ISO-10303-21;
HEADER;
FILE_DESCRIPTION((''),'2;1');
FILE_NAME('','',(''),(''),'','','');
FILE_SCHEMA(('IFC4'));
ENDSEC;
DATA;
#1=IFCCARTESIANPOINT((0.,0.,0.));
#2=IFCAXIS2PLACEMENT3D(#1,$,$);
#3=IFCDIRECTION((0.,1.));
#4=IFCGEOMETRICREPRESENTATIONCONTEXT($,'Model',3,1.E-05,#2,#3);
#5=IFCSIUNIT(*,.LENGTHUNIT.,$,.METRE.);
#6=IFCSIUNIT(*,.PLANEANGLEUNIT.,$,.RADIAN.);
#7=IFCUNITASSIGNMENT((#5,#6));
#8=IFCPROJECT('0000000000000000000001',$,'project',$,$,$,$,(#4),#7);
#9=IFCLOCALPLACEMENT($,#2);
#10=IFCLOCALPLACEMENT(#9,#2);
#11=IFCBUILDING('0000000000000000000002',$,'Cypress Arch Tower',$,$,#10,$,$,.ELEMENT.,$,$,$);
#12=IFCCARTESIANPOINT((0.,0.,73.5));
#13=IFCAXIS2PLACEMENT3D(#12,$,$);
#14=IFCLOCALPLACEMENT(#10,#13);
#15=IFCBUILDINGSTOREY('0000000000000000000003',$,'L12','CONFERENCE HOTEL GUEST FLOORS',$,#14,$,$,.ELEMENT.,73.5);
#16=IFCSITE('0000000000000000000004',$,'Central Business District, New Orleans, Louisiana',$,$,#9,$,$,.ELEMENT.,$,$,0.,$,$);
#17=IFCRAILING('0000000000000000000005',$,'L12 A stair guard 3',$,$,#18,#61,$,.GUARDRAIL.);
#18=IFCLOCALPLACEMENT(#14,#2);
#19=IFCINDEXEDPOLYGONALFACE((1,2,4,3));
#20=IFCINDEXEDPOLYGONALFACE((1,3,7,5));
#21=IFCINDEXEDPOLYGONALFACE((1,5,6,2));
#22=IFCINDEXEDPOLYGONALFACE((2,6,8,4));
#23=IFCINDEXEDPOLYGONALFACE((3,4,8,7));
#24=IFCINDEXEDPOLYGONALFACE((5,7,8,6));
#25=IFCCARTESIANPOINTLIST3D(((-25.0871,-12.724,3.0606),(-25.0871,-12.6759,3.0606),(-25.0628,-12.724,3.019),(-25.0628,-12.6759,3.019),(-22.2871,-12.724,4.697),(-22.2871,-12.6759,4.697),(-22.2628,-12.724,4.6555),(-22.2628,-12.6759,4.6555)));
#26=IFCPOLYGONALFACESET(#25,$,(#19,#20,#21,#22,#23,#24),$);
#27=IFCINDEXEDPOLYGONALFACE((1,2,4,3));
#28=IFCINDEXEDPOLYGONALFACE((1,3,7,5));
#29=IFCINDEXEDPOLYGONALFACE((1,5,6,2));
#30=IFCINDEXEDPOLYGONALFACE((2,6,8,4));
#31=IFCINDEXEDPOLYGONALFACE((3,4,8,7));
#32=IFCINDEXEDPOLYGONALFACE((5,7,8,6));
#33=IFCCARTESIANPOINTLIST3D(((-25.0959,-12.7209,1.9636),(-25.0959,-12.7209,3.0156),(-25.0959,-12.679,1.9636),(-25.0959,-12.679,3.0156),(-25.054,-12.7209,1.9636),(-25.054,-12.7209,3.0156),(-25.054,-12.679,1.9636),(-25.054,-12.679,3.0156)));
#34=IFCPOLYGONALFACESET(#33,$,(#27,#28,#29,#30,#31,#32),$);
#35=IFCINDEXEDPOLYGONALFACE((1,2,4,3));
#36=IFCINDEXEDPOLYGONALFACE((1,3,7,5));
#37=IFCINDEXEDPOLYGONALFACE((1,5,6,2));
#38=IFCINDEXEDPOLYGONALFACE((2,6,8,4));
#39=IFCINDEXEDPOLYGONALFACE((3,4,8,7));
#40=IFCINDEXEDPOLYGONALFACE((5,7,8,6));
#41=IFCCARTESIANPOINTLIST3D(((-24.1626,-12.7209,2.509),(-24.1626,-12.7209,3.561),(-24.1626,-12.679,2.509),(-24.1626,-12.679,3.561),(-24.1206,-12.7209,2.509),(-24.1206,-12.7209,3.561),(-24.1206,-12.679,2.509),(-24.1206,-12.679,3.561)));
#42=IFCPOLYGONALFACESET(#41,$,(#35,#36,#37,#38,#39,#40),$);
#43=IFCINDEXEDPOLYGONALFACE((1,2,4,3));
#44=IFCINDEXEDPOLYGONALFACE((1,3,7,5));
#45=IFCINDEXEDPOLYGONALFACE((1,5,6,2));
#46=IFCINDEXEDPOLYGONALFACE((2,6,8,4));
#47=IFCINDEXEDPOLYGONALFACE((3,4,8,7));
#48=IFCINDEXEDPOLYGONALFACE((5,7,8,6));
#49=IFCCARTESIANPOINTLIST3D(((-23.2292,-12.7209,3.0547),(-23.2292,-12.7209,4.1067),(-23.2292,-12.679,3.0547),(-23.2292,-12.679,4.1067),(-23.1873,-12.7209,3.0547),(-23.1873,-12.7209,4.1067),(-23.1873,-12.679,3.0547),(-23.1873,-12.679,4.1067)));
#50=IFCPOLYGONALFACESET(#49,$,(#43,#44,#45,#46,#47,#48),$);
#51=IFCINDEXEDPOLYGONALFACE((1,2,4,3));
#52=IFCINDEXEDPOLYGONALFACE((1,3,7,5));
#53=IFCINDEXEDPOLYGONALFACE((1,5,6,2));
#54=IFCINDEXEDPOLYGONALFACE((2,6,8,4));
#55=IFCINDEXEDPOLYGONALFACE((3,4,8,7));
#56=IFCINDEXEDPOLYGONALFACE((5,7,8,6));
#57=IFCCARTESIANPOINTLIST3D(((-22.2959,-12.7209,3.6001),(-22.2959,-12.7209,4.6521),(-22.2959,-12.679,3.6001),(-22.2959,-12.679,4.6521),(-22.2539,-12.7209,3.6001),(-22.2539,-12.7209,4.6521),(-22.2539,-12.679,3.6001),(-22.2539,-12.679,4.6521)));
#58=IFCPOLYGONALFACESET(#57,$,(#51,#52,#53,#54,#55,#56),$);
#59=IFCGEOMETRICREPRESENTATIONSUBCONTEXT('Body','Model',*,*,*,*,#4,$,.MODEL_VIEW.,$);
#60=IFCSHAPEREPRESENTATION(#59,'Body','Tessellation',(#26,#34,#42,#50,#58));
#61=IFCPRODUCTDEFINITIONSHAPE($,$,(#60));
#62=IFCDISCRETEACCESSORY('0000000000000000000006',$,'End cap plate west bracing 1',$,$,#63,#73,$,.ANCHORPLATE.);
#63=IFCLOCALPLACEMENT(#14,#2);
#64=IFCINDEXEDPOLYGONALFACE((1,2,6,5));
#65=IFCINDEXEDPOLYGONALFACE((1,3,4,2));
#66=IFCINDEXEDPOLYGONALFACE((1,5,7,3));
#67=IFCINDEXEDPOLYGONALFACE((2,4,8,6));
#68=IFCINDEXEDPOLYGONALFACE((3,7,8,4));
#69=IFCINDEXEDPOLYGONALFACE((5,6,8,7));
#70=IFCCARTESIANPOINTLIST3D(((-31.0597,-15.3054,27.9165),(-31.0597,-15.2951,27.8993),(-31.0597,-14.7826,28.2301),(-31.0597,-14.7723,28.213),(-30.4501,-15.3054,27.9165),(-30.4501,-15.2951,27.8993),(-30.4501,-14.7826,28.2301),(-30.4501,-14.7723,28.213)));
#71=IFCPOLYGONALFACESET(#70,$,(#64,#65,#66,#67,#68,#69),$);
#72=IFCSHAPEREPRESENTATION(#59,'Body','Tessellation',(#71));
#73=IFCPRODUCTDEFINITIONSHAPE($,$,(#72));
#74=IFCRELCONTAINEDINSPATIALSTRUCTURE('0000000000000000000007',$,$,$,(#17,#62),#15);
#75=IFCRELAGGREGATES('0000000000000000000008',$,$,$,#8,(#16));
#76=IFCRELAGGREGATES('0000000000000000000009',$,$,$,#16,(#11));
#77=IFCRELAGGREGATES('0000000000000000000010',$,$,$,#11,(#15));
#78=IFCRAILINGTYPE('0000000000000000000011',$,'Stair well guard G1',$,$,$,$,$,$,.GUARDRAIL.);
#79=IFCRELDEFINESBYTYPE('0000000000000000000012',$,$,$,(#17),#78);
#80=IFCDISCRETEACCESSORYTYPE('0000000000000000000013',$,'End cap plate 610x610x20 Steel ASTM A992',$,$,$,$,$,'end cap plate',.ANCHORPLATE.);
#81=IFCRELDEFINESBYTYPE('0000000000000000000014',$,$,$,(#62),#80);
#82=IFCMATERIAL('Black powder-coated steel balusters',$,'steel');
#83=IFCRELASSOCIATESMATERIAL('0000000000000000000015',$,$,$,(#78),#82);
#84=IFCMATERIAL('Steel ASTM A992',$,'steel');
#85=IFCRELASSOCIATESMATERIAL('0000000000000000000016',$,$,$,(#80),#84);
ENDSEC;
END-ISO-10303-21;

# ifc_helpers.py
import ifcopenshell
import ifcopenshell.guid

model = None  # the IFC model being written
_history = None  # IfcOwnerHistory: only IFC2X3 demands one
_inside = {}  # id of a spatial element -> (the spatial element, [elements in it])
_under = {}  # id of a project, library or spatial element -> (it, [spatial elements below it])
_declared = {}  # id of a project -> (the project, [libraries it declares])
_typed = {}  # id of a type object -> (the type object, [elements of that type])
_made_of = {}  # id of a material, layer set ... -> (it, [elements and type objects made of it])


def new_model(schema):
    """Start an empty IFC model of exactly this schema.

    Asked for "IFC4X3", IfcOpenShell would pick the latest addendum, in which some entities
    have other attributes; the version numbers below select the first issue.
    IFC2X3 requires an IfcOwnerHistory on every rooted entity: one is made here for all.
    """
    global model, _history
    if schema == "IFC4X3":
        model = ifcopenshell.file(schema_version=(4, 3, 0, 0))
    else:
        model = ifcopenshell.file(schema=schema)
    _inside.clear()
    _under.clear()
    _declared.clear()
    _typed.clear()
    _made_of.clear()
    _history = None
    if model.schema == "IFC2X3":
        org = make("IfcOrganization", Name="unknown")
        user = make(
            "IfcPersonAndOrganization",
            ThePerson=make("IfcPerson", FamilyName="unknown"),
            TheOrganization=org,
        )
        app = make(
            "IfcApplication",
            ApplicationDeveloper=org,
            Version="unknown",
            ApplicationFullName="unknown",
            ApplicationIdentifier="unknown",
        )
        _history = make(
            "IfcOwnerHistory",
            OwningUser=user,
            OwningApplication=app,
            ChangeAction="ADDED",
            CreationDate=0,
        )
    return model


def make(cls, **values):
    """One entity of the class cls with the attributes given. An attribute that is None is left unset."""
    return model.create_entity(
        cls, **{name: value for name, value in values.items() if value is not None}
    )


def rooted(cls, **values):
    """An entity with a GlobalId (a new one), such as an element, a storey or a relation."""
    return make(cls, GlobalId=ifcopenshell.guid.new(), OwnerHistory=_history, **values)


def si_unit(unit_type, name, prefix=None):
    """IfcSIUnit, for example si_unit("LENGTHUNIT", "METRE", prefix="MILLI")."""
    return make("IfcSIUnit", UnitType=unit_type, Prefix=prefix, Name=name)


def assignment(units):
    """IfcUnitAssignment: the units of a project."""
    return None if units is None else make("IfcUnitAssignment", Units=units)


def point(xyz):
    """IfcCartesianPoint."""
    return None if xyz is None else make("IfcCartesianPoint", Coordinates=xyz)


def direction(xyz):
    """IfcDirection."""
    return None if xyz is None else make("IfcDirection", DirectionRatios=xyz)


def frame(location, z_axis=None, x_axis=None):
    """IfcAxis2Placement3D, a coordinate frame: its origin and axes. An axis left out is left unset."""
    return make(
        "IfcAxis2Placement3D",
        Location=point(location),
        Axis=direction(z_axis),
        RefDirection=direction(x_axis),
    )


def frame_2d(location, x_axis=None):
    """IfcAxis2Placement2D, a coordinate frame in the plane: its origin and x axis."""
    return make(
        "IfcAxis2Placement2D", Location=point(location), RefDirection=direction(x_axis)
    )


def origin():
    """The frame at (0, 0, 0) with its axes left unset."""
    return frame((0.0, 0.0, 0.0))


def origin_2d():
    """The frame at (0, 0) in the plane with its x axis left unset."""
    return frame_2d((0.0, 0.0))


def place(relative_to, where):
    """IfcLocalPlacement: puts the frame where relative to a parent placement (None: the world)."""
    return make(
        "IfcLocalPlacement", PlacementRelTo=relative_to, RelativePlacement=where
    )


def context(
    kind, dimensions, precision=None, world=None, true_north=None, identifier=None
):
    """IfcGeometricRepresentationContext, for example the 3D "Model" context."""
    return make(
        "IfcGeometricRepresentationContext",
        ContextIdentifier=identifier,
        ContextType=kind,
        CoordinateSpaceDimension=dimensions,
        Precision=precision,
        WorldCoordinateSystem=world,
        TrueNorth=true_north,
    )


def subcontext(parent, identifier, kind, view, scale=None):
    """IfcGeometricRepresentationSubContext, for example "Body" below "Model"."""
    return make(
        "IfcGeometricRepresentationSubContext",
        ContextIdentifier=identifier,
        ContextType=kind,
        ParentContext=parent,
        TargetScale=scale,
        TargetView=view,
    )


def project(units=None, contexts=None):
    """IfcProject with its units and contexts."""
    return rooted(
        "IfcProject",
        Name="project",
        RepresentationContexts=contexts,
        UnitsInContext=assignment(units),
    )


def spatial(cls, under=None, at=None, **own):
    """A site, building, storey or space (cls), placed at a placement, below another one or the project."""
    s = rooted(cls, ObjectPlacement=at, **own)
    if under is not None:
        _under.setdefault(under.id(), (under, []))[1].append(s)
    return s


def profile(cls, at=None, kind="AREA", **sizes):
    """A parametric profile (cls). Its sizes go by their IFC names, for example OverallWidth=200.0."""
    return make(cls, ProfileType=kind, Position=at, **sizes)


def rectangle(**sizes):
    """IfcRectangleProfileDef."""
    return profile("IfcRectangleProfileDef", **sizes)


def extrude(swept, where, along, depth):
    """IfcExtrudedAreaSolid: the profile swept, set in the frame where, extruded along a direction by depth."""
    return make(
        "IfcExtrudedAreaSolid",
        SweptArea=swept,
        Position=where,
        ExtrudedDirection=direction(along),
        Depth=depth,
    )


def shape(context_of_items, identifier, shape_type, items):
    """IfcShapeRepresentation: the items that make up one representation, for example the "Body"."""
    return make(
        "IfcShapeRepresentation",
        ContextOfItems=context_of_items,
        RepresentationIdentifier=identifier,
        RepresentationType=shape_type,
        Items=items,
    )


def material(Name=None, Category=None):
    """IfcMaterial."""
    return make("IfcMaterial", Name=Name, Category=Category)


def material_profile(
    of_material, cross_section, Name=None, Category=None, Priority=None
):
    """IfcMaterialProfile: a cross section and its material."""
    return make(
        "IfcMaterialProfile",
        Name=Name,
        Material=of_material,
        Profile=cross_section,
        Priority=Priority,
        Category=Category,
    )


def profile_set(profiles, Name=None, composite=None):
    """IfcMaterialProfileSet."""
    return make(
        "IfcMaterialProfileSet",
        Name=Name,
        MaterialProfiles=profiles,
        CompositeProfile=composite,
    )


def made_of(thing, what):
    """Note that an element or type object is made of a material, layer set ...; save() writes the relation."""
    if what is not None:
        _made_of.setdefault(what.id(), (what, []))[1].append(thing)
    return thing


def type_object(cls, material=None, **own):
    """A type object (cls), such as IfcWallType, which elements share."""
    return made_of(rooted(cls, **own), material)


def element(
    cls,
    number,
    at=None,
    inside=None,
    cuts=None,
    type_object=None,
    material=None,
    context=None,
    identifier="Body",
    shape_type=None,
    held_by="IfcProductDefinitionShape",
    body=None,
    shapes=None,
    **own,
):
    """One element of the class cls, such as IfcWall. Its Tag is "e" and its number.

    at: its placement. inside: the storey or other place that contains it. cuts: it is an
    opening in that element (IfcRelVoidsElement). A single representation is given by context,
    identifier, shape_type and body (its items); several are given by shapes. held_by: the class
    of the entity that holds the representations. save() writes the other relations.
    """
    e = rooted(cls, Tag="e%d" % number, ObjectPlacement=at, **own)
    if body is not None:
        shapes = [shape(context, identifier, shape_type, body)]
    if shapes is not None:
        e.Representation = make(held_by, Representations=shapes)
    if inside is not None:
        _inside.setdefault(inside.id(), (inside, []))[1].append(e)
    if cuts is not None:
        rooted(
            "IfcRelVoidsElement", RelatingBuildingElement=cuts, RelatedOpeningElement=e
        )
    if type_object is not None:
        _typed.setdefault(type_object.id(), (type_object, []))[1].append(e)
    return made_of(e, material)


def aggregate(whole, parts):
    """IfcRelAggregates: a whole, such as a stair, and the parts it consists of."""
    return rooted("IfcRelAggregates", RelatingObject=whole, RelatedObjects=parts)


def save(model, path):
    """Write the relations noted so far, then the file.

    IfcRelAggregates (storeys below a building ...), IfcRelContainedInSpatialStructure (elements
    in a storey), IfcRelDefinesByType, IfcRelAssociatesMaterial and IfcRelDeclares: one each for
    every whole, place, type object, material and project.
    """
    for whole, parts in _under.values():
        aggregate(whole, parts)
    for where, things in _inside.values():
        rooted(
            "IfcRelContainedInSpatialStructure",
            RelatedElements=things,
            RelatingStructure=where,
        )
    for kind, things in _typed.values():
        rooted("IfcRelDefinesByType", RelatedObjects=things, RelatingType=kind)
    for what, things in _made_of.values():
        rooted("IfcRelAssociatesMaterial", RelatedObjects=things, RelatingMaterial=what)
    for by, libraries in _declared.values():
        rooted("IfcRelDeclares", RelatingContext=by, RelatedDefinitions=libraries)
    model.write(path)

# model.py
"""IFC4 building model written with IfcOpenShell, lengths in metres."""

from ifc_helpers import new_model, si_unit, direction, frame, origin, origin_2d, place, context, subcontext, project, spatial, rectangle, extrude, material, material_profile, profile_set, type_object, element, save


model = new_model("IFC4")

# Units and contexts
model_context = context("Model", 3, precision=1e-05, world=origin(), true_north=direction((0.0, 1.0)))
body_context = subcontext(model_context, "Body", "Model", "MODEL_VIEW")
ifc_project = project(units=[si_unit("LENGTHUNIT", "METRE"), si_unit("PLANEANGLEUNIT", "RADIAN")], contexts=[model_context])

# Site, building, storey
site_placement = place(None, origin())
site = spatial("IfcSite", under=ifc_project, at=site_placement, Name="Central Business District, New Orleans, Louisiana", CompositionType="ELEMENT", RefElevation=0.0)
building_placement = place(site_placement, origin())
building = spatial("IfcBuilding", under=site, at=building_placement, Name="Cypress Arch Tower", CompositionType="ELEMENT")
storey_placement = place(building_placement, frame((0.0, 0.0, 73.5)))
storey = spatial("IfcBuildingStorey", under=building, at=storey_placement, Name="L12", Description="CONFERENCE HOTEL GUEST FLOORS", CompositionType="ELEMENT", Elevation=73.5)

# Railing
ifc_material_1 = material(Name="Black powder-coated steel balusters", Category="steel")
railing_type_1 = type_object("IfcRailingType", Name="Stair well guard G1", PredefinedType="GUARDRAIL", material=ifc_material_1)
railing_1_placement = place(storey_placement, frame((-25.075, -12.7, 1.9636)))
element("IfcRailing", 1, at=railing_1_placement, inside=storey, type_object=railing_type_1, Name="L12 A stair guard 3", PredefinedType="GUARDRAIL", context=body_context, shape_type="SweptSolid", body=[
    extrude(rectangle(XDim=0.0481, YDim=0.0481, at=origin_2d()), frame((0.0, 0.0, 1.0762), z_axis=(0.863361, 0.0, 0.504587), x_axis=(0.0, 1.0, 0.0)), (0.0, 0.0, 1.0), 3.2432),
    extrude(rectangle(XDim=0.042, YDim=0.042, at=origin_2d()), origin(), (0.0, 0.0, 1.0), 1.052),
    extrude(rectangle(XDim=0.042, YDim=0.042, at=origin_2d()), frame((0.9333, 0.0, 0.5454)), (0.0, 0.0, 1.0), 1.052),
    extrude(rectangle(XDim=0.042, YDim=0.042, at=origin_2d()), frame((1.8667, 0.0, 1.0911)), (0.0, 0.0, 1.0), 1.052),
    extrude(rectangle(XDim=0.042, YDim=0.042, at=origin_2d()), frame((2.8, 0.0, 1.6365)), (0.0, 0.0, 1.0), 1.052),
])

# Discrete accessory
ifc_material_2 = material(Name="Steel ASTM A992", Category="steel")
ifc_material_profile_1 = material_profile(ifc_material_2, rectangle(XDim=0.6096, YDim=0.6096, at=origin_2d()), Name="PL 20 610x610")
ifc_profile_set_1 = profile_set([ifc_material_profile_1], Name="Steel ASTM A992")
discrete_accessory_type = type_object("IfcDiscreteAccessoryType", Name="End cap plate 610x610x20 Steel ASTM A992", ElementType="end cap plate", PredefinedType="ANCHORPLATE", material=ifc_profile_set_1)
discrete_accessory_placement = place(storey_placement, frame((-30.7549, -15.0337, 28.0562), z_axis=(0.0, -0.514496, 0.857493), x_axis=(1.0, 0.0, 0.0)))
element("IfcDiscreteAccessory", 2, at=discrete_accessory_placement, inside=storey, type_object=discrete_accessory_type, Name="End cap plate west bracing 1", PredefinedType="ANCHORPLATE", context=body_context, shape_type="SweptSolid", body=[
    extrude(rectangle(XDim=0.6096, YDim=0.6096, at=origin_2d()), origin(), (0.0, 0.0, 1.0), 0.02),
])

save(model, "model.ifc")
